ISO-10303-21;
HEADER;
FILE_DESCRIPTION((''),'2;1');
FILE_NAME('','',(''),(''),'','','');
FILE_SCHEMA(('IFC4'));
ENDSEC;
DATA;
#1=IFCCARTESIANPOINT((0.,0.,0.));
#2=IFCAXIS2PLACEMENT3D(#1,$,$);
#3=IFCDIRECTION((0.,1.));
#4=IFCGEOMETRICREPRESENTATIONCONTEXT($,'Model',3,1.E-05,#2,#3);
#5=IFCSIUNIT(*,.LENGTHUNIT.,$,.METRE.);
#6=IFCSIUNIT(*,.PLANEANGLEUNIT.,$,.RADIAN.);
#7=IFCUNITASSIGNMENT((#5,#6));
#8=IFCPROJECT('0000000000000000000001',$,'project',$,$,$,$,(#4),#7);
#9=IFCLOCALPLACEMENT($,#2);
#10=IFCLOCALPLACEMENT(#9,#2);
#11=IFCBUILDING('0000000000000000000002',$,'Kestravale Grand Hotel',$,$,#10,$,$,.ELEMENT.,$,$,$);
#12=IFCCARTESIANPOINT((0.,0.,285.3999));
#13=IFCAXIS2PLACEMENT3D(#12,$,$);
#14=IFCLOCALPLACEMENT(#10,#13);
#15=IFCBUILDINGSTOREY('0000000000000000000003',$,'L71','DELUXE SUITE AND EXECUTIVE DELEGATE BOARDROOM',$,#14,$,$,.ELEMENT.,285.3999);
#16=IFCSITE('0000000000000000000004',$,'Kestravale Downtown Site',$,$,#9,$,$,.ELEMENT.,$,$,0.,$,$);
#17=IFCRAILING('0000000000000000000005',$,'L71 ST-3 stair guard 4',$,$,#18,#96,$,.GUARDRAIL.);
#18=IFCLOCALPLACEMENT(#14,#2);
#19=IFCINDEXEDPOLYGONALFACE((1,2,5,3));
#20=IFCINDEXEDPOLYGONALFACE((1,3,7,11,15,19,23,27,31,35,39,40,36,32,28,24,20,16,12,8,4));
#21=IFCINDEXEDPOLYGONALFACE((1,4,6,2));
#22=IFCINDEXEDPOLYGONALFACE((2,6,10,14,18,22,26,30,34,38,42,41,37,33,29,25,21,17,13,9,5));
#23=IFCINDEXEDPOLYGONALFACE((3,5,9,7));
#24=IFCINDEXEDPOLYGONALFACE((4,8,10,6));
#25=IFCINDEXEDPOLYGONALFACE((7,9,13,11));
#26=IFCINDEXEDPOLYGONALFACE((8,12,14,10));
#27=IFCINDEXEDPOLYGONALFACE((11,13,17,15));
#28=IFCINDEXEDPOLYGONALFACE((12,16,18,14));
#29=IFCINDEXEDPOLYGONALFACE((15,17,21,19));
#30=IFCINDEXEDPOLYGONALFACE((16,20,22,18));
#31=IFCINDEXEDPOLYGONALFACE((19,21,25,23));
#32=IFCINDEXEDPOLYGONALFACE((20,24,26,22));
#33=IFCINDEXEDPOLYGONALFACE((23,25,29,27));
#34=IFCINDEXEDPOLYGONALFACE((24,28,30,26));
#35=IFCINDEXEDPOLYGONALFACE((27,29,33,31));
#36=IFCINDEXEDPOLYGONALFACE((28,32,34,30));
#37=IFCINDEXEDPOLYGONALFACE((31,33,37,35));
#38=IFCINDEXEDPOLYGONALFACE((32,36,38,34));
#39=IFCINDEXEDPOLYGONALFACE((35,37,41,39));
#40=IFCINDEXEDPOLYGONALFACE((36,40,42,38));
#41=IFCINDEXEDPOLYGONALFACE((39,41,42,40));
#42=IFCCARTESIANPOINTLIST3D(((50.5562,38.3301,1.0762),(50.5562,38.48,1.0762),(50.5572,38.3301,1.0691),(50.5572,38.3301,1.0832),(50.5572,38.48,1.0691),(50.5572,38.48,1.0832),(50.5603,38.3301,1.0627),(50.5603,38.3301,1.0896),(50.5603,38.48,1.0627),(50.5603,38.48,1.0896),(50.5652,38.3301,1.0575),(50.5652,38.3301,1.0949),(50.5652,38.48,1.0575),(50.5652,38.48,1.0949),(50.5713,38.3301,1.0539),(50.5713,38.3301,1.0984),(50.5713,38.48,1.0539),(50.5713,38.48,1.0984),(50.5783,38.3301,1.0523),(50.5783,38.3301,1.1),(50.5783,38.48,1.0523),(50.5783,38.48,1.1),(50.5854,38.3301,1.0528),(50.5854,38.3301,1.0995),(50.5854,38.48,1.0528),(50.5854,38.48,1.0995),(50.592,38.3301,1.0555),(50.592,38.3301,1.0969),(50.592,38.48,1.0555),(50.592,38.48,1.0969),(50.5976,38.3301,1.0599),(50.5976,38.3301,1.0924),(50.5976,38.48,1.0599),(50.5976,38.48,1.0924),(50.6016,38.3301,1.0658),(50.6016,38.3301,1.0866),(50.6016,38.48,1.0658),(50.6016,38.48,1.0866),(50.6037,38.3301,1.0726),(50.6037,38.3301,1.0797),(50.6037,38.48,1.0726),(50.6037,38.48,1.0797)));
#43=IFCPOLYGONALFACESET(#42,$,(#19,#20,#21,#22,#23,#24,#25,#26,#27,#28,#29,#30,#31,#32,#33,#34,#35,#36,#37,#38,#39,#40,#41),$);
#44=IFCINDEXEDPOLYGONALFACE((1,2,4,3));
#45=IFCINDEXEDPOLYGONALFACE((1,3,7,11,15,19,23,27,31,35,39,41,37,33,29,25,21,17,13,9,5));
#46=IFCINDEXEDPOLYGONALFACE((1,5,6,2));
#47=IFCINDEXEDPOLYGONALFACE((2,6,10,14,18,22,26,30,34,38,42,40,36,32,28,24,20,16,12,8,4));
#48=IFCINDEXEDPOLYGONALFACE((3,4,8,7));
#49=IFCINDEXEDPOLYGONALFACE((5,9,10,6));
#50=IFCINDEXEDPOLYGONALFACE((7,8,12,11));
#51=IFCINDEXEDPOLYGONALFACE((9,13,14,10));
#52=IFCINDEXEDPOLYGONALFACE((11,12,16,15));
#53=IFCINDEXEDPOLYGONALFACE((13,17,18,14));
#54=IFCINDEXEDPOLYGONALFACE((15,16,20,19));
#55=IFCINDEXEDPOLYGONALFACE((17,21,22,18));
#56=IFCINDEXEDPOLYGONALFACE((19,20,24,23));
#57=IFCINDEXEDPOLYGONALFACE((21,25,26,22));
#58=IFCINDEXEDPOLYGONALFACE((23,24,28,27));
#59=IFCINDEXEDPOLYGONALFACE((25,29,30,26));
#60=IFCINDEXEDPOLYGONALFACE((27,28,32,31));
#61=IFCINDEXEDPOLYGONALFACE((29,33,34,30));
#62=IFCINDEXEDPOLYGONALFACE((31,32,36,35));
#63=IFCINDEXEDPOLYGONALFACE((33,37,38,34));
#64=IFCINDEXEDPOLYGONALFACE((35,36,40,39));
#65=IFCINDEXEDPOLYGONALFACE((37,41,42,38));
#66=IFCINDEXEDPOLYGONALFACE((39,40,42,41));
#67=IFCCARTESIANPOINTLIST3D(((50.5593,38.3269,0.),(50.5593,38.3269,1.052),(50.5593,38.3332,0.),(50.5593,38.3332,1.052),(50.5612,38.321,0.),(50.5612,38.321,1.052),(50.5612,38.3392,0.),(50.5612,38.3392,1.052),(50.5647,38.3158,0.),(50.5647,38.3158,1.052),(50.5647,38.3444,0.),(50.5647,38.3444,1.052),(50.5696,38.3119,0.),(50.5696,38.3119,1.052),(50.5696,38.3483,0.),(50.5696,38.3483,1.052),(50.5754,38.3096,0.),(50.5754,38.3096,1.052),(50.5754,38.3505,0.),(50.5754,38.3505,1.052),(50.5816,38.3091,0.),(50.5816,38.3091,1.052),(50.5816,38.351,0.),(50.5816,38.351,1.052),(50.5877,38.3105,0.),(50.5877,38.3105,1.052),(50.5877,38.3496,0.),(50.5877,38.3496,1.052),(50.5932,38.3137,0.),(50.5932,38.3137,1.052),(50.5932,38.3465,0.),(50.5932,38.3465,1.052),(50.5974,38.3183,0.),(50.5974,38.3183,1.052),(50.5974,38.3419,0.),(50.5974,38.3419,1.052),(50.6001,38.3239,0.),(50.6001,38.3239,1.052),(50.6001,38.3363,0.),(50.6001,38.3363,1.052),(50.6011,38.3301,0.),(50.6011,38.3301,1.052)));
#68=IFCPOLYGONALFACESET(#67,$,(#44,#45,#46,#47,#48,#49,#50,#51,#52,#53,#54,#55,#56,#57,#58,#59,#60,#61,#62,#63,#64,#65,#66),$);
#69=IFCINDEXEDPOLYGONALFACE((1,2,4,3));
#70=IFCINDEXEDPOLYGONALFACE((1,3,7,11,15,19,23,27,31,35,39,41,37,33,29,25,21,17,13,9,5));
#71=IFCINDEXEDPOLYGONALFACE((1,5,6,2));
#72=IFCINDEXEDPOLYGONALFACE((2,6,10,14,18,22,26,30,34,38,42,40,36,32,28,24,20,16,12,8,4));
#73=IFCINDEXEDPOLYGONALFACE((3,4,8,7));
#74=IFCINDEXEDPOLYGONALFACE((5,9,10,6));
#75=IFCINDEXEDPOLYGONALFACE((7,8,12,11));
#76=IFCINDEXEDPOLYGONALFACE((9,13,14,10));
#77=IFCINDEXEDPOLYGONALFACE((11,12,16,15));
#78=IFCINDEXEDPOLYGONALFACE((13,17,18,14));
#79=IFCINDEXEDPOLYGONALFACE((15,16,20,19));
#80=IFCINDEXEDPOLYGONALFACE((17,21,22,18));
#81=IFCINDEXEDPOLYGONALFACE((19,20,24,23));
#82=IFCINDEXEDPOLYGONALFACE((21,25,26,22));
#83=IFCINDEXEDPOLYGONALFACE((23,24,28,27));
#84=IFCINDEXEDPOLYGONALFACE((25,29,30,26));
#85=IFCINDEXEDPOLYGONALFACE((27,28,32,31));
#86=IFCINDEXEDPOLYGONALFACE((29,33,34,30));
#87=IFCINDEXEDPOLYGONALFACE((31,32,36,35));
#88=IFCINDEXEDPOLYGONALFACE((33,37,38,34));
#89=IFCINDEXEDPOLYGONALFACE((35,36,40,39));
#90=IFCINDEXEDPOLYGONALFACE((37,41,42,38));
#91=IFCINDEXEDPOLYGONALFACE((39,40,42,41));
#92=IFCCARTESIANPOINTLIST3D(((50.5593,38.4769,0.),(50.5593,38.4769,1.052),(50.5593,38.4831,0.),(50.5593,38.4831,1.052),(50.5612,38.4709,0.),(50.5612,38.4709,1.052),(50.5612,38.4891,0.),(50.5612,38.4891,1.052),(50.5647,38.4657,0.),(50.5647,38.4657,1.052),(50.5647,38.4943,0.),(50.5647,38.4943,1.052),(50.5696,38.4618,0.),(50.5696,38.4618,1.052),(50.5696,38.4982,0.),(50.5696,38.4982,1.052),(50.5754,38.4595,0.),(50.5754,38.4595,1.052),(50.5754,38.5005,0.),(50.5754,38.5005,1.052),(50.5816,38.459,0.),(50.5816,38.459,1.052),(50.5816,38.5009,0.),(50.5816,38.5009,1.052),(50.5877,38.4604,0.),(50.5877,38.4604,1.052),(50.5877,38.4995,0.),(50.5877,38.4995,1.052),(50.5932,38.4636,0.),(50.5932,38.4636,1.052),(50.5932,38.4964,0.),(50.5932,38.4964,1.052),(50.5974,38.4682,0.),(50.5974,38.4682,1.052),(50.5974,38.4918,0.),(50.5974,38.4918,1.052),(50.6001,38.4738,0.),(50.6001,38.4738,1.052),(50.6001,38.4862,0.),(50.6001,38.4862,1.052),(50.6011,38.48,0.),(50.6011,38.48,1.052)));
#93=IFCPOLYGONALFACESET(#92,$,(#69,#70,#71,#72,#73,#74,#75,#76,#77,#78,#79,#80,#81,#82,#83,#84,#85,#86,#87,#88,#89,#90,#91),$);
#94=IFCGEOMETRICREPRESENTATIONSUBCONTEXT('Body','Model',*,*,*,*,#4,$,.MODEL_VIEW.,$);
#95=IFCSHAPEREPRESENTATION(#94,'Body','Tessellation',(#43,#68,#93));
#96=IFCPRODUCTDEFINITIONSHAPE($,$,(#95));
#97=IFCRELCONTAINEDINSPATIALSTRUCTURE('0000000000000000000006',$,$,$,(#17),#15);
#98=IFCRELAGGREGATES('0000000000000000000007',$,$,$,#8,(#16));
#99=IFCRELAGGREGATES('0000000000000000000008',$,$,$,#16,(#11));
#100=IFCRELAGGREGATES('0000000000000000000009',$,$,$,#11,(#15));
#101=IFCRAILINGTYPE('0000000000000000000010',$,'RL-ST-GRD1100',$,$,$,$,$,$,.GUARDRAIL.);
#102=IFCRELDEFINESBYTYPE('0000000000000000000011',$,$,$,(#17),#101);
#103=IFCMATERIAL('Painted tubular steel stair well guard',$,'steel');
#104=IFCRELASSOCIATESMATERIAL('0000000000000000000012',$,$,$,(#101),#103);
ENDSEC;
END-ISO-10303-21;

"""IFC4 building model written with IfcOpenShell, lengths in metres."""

from ifc_helpers import new_model, si_unit, direction, frame, origin, origin_2d, place, context, subcontext, project, spatial, circle, extrude, material, type_object, element, save


model = new_model("IFC4")

# Units and contexts
model_context = context("Model", 3, precision=1e-05, world=origin(), true_north=direction((0.0, 1.0)))
body_context = subcontext(model_context, "Body", "Model", "MODEL_VIEW")
ifc_project = project(units=[si_unit("LENGTHUNIT", "METRE"), si_unit("PLANEANGLEUNIT", "RADIAN")], contexts=[model_context])

# Site, building, storey
site_placement = place(None, origin())
site = spatial("IfcSite", under=ifc_project, at=site_placement, Name="Kestravale Downtown Site", CompositionType="ELEMENT", RefElevation=0.0)
building_placement = place(site_placement, origin())
building = spatial("IfcBuilding", under=site, at=building_placement, Name="Kestravale Grand Hotel", CompositionType="ELEMENT")
storey_placement = place(building_placement, frame((0.0, 0.0, 285.3999)))
storey = spatial("IfcBuildingStorey", under=building, at=storey_placement, Name="L71", Description="DELUXE SUITE AND EXECUTIVE DELEGATE BOARDROOM", CompositionType="ELEMENT", Elevation=285.3999)

# Railing
ifc_material_1 = material(Name="Painted tubular steel stair well guard", Category="steel")
railing_type_1 = type_object("IfcRailingType", Name="RL-ST-GRD1100", PredefinedType="GUARDRAIL", material=ifc_material_1)
railing_1_placement = place(storey_placement, frame((50.5801, 38.3301, 0.0)))
element("IfcRailing", 1, at=railing_1_placement, inside=storey, type_object=railing_type_1, Name="L71 ST-3 stair guard 4", PredefinedType="GUARDRAIL", context=body_context, shape_type="SweptSolid", body=[
    extrude(circle(Radius=0.0239, at=origin_2d()), frame((0.0, 0.0, 1.0762), z_axis=(0.0, 1.0, 0.0), x_axis=(-1.0, 0.0, 0.0)), (0.0, 0.0, 1.0), 0.1499),
    extrude(circle(Radius=0.021, at=origin_2d()), origin(), (0.0, 0.0, 1.0), 1.052),
    extrude(circle(Radius=0.021, at=origin_2d()), frame((0.0, 0.1499, 0.0)), (0.0, 0.0, 1.0), 1.052),
])

save(model, "model.ifc")
